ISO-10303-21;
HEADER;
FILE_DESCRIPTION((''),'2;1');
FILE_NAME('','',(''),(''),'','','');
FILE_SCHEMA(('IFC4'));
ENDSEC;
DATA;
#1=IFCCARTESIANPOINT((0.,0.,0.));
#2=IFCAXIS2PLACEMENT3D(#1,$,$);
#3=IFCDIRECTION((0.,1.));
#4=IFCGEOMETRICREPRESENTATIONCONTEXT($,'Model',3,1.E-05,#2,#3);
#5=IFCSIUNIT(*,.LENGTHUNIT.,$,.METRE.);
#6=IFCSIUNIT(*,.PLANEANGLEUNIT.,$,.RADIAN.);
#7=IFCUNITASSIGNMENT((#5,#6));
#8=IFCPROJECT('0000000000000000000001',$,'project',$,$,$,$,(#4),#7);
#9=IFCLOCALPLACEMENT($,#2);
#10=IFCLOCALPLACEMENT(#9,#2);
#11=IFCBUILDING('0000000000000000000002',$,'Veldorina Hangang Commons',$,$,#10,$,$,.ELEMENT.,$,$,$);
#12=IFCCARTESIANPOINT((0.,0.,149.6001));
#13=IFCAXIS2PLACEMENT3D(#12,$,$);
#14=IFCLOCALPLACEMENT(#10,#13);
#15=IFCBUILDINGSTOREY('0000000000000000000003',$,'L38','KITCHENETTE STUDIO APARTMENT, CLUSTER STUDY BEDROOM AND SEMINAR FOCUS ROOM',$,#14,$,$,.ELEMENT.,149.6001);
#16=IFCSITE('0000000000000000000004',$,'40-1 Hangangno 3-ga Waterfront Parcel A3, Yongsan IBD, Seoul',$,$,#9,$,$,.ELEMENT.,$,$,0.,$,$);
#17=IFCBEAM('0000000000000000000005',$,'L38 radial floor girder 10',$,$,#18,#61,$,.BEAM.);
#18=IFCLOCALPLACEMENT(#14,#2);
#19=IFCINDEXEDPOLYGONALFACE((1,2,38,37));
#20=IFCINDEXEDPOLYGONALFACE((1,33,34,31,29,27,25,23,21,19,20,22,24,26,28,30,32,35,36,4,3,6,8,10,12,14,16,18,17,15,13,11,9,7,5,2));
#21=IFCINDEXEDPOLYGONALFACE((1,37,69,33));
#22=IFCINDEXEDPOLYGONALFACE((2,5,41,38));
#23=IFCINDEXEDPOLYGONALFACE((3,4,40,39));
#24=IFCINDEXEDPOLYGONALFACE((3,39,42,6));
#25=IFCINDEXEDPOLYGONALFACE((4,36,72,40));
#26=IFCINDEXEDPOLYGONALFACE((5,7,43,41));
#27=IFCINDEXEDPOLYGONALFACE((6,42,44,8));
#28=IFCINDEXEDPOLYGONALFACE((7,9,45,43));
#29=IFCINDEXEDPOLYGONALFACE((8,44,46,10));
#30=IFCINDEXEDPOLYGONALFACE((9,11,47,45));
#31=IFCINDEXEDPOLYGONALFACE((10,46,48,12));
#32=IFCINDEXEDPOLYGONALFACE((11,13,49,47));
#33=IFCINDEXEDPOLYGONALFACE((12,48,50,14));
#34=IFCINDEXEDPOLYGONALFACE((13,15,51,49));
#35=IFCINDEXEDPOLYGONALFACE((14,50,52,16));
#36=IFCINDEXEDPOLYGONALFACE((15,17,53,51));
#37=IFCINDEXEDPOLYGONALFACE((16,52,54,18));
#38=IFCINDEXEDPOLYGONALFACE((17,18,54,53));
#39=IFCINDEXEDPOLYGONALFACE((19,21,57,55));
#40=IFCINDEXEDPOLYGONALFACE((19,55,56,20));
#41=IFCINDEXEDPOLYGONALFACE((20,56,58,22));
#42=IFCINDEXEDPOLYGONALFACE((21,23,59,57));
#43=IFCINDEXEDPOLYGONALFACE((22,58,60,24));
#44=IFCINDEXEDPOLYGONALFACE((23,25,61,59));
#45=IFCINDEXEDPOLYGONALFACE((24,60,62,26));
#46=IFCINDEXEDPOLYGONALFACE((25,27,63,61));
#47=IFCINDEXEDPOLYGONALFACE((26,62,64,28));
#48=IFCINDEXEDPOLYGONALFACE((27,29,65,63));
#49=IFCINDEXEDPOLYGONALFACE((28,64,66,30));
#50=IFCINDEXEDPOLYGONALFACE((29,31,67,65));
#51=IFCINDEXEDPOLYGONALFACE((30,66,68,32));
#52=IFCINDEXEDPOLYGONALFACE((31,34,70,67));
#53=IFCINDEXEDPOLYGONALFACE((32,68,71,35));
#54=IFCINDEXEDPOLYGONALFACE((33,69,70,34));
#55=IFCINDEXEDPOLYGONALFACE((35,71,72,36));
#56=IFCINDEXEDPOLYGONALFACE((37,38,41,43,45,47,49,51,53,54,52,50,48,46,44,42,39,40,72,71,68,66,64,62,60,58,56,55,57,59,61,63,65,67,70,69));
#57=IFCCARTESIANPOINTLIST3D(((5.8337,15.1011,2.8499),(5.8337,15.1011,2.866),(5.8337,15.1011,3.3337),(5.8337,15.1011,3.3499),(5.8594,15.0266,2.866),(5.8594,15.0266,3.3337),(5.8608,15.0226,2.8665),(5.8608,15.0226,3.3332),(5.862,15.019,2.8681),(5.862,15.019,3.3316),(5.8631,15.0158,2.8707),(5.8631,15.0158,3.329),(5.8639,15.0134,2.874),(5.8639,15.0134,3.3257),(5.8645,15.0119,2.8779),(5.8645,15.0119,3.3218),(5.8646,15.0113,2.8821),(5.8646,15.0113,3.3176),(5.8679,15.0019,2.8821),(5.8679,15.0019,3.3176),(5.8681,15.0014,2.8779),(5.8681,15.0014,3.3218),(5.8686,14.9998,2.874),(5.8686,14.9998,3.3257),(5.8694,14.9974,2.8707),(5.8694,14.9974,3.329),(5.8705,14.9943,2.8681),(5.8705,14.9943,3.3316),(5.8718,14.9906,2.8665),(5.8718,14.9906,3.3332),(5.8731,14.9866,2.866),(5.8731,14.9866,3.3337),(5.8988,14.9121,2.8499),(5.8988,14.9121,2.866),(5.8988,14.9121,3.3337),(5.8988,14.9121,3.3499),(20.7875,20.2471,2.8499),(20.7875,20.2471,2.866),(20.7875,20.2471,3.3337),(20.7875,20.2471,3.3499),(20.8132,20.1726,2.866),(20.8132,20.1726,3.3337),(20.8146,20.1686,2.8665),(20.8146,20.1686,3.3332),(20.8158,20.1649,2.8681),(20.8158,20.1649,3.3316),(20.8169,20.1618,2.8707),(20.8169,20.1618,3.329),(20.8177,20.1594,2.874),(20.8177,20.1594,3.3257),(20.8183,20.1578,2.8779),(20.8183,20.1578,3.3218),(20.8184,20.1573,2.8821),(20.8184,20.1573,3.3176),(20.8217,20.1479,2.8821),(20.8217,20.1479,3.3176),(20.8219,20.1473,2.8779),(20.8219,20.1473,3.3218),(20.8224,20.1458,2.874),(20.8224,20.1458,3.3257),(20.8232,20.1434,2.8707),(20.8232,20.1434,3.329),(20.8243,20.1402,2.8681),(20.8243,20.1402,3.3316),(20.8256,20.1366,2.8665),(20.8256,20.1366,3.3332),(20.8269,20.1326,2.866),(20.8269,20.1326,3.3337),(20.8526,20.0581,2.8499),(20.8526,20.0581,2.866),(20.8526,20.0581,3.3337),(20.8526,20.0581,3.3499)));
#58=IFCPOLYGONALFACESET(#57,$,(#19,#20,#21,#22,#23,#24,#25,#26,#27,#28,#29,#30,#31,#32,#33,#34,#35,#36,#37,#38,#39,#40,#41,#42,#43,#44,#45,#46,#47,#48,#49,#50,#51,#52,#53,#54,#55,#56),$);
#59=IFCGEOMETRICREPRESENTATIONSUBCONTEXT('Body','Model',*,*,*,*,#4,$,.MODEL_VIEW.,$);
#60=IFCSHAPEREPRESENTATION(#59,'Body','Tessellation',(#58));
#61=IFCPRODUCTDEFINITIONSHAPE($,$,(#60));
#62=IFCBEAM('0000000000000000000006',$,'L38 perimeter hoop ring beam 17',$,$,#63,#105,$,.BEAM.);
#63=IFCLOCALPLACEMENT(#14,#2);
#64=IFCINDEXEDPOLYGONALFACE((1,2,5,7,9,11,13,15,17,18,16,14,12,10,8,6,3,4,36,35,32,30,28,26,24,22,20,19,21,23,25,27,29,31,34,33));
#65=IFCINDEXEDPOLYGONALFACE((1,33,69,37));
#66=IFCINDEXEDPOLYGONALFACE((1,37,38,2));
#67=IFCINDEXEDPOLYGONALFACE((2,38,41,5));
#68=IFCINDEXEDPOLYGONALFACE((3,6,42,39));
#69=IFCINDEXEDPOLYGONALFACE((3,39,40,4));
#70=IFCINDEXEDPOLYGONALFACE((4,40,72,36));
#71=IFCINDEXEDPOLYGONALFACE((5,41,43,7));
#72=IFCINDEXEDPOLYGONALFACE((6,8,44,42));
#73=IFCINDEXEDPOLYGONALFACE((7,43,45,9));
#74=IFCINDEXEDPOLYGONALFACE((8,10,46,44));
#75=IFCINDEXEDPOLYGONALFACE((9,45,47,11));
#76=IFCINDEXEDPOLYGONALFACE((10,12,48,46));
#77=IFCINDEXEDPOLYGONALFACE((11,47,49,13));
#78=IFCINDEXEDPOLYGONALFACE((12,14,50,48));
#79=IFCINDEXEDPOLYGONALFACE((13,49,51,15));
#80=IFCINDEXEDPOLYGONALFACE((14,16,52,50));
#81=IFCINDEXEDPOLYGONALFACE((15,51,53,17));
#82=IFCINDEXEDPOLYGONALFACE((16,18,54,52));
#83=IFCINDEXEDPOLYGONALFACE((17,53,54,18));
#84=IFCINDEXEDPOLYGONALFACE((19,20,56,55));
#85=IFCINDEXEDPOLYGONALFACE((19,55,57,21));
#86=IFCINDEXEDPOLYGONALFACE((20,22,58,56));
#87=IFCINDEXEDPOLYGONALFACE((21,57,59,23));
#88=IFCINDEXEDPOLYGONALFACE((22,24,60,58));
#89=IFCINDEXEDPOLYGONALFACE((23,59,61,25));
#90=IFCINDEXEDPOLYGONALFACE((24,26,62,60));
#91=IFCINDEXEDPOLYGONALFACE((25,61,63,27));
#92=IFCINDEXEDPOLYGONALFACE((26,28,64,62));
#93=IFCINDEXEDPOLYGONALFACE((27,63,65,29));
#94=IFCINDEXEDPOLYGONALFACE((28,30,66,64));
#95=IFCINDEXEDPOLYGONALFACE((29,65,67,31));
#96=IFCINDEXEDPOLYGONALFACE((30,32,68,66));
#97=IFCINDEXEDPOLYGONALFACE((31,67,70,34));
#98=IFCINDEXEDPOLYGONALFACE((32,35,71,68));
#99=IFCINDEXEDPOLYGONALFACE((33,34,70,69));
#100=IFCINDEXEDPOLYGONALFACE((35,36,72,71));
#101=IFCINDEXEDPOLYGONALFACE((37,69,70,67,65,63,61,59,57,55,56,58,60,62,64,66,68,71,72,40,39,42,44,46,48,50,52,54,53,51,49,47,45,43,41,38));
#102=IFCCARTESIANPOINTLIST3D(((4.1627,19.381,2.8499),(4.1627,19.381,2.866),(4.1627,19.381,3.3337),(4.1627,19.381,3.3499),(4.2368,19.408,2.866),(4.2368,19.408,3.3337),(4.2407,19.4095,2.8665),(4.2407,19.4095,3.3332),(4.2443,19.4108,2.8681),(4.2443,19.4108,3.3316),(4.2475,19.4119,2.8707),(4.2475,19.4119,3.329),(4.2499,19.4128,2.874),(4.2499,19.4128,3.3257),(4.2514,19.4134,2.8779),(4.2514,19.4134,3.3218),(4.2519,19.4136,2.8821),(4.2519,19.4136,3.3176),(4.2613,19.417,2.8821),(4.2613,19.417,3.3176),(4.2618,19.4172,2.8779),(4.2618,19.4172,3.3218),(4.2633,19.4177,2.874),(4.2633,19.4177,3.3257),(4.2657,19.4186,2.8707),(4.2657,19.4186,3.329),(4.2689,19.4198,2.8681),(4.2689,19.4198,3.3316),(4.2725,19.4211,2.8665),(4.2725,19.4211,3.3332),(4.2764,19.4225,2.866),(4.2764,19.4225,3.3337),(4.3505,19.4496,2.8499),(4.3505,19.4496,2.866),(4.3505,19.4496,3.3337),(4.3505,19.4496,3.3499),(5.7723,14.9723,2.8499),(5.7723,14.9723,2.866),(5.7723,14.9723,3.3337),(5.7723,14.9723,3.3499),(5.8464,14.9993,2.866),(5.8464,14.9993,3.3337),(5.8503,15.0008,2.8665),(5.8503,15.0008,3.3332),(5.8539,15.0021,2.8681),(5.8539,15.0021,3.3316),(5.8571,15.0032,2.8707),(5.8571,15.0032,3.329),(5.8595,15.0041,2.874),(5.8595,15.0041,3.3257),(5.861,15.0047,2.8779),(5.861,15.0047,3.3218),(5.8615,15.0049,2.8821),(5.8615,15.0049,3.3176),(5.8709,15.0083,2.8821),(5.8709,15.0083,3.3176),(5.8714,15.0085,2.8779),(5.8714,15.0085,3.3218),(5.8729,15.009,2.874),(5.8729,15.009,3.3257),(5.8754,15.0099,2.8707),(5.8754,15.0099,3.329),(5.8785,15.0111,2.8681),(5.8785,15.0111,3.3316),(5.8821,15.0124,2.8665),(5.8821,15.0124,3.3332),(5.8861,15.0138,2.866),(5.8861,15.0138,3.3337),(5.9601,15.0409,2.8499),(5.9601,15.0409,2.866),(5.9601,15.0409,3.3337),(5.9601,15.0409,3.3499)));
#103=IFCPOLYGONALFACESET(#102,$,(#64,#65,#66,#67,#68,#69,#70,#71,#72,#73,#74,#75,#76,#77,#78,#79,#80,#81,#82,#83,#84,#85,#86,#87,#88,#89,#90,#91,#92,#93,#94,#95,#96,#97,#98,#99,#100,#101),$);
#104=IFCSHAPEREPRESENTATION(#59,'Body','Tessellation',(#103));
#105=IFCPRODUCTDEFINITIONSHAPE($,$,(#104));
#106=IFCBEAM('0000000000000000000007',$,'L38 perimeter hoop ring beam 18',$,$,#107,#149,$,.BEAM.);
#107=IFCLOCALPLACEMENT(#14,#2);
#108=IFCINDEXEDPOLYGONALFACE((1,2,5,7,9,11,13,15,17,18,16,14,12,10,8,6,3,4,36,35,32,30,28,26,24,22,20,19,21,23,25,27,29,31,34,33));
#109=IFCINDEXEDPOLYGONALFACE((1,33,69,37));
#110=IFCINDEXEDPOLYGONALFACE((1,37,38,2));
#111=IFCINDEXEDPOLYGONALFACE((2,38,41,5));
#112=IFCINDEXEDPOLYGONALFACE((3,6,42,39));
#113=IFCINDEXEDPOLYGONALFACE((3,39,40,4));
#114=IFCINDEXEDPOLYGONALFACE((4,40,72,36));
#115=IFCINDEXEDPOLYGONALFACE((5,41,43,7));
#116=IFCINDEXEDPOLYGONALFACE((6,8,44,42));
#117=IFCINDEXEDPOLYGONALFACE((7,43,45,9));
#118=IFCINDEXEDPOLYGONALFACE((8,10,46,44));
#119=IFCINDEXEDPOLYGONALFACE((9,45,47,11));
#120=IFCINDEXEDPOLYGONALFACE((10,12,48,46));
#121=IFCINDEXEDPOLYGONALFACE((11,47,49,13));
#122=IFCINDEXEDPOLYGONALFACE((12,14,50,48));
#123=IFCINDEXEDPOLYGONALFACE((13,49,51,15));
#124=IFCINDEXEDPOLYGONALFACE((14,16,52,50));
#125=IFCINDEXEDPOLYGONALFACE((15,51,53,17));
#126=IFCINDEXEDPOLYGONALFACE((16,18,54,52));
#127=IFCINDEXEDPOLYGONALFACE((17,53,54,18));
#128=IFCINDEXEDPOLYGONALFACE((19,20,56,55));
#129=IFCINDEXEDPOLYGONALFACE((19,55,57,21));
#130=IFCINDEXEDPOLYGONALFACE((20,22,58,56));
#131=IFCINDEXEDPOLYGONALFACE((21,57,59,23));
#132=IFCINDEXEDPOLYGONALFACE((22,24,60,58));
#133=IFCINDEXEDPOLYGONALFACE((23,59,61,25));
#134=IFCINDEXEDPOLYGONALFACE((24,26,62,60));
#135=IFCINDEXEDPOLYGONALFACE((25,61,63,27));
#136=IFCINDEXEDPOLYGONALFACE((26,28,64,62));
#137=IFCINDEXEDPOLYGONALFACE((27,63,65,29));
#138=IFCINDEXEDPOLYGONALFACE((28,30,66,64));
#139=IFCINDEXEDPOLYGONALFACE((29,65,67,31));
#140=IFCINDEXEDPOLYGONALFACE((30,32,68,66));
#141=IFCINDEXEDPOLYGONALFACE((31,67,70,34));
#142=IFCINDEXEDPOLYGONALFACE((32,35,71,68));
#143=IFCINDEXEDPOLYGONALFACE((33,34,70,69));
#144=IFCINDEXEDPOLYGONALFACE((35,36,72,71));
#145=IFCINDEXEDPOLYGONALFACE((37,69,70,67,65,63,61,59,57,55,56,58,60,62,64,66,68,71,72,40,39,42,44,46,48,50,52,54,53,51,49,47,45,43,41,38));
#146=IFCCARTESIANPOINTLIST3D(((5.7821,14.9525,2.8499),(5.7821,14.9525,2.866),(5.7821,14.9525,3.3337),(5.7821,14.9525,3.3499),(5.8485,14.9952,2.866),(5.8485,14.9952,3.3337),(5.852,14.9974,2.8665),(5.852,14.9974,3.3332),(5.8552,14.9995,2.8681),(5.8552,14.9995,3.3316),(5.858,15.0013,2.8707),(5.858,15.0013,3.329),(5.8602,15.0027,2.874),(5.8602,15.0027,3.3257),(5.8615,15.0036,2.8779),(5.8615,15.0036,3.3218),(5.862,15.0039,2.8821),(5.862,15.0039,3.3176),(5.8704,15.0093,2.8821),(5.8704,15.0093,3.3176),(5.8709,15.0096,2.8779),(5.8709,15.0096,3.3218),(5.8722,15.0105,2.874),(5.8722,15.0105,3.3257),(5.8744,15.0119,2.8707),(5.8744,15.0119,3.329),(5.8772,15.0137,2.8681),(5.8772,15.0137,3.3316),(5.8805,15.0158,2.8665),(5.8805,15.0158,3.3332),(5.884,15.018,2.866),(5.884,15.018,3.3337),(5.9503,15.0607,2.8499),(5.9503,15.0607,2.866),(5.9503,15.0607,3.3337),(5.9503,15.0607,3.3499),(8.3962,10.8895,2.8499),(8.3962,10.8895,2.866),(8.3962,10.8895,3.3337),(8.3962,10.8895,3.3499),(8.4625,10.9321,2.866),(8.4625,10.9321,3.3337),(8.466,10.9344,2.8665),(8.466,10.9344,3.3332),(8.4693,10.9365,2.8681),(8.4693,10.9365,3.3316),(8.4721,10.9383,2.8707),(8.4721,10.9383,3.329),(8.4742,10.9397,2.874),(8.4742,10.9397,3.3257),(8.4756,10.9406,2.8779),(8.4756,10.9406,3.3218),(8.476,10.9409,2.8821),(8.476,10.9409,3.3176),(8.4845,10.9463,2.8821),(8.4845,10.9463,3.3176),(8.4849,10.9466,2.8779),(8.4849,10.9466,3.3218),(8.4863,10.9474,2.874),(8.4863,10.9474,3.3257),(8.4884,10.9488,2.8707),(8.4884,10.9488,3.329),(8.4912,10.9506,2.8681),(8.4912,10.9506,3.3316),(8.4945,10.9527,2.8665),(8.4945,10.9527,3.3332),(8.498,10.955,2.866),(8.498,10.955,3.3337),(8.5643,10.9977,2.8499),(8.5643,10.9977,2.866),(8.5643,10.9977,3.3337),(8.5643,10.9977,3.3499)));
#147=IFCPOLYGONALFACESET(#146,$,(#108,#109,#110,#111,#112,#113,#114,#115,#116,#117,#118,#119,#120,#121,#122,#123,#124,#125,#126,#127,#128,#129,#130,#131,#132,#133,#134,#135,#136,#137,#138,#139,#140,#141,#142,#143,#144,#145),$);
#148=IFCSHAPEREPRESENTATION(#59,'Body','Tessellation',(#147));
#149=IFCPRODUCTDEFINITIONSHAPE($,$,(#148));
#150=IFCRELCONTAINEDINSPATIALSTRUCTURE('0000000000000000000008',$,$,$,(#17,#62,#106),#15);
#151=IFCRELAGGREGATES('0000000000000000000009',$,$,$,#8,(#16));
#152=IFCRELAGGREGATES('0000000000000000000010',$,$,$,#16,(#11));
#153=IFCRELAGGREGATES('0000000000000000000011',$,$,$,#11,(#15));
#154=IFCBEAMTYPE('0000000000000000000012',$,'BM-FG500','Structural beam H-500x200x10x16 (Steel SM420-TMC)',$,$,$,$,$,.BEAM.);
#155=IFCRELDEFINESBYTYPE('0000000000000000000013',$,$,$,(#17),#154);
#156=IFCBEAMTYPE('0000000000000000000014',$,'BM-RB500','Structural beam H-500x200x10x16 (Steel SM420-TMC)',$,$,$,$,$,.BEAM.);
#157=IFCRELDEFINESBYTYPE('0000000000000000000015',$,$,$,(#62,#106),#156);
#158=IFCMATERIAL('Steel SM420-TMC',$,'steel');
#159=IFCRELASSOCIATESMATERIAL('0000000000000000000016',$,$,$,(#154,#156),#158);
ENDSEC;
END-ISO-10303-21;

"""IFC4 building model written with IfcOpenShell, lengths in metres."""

from ifc_helpers import new_model, si_unit, direction, frame, origin, origin_2d, place, context, subcontext, project, spatial, i_section, extrude, material, material_profile, profile_set, type_object, element, save


model = new_model("IFC4")

# Units and contexts
model_context = context("Model", 3, precision=1e-05, world=origin(), true_north=direction((0.0, 1.0)))
body_context = subcontext(model_context, "Body", "Model", "MODEL_VIEW")
ifc_project = project(units=[si_unit("LENGTHUNIT", "METRE"), si_unit("PLANEANGLEUNIT", "RADIAN")], contexts=[model_context])

# Site, building, storey
site_placement = place(None, origin())
site = spatial("IfcSite", under=ifc_project, at=site_placement, Name="40-1 Hangangno 3-ga Waterfront Parcel A3, Yongsan IBD, Seoul", CompositionType="ELEMENT", RefElevation=0.0)
building_placement = place(site_placement, origin())
building = spatial("IfcBuilding", under=site, at=building_placement, Name="Veldorina Hangang Commons", CompositionType="ELEMENT")
storey_placement = place(building_placement, frame((0.0, 0.0, 149.6001)))
storey = spatial("IfcBuildingStorey", under=building, at=storey_placement, Name="L38", Description="KITCHENETTE STUDIO APARTMENT, CLUSTER STUDY BEDROOM AND SEMINAR FOCUS ROOM", CompositionType="ELEMENT", Elevation=149.6001)

# Beams
ifc_material_1 = material(Name="Steel SM420-TMC", Category="steel")
ifc_material_profile_1 = material_profile(ifc_material_1, i_section(OverallWidth=0.2, OverallDepth=0.5, WebThickness=0.01, FlangeThickness=0.0161, FilletRadius=0.0161, at=origin_2d()), Name="H-500x200x10x16")
ifc_profile_set_1 = profile_set([ifc_material_profile_1], Name="Steel SM420-TMC")
beam_type_1 = type_object("IfcBeamType", Name="BM-FG500", Description="Structural beam H-500x200x10x16 (Steel SM420-TMC)", PredefinedType="BEAM", material=ifc_profile_set_1)
beam_1_placement = place(storey_placement, frame((20.8201, 20.1526, 3.0999), z_axis=(-0.945578, -0.325397, 0.0), x_axis=(0.325397, -0.945578, 0.0)))
element("IfcBeam", 1, at=beam_1_placement, inside=storey, type_object=beam_type_1, Name="L38 radial floor girder 10", PredefinedType="BEAM", context=body_context, shape_type="SweptSolid", body=[
    extrude(i_section(OverallWidth=0.2, OverallDepth=0.5, WebThickness=0.01, FlangeThickness=0.0161, FilletRadius=0.0161, at=origin_2d()), origin(), (0.0, 0.0, 1.0), 15.8145),
])
ifc_material_profile_2 = material_profile(ifc_material_1, i_section(OverallWidth=0.2, OverallDepth=0.5, WebThickness=0.01, FlangeThickness=0.0161, FilletRadius=0.0161, at=origin_2d()), Name="H-500x200x10x16")
ifc_profile_set_2 = profile_set([ifc_material_profile_2], Name="Steel SM420-TMC")
beam_type_2 = type_object("IfcBeamType", Name="BM-RB500", Description="Structural beam H-500x200x10x16 (Steel SM420-TMC)", PredefinedType="BEAM", material=ifc_profile_set_2)
beam_2_placement = place(storey_placement, frame((4.2566, 19.4153, 3.0999), z_axis=(0.342958, -0.939351, 0.0), x_axis=(0.939351, 0.342958, 0.0)))
element("IfcBeam", 2, at=beam_2_placement, inside=storey, type_object=beam_type_2, Name="L38 perimeter hoop ring beam 17", PredefinedType="BEAM", context=body_context, shape_type="SweptSolid", body=[
    extrude(i_section(OverallWidth=0.2, OverallDepth=0.5, WebThickness=0.01, FlangeThickness=0.0161, FilletRadius=0.0161, at=origin_2d()), origin(), (0.0, 0.0, 1.0), 4.6934),
])
beam_3_placement = place(storey_placement, frame((5.8662, 15.0066, 3.0999), z_axis=(0.541064, -0.840981, 0.0), x_axis=(0.840981, 0.541064, 0.0)))
element("IfcBeam", 3, at=beam_3_placement, inside=storey, type_object=beam_type_2, Name="L38 perimeter hoop ring beam 18", PredefinedType="BEAM", context=body_context, shape_type="SweptSolid", body=[
    extrude(i_section(OverallWidth=0.2, OverallDepth=0.5, WebThickness=0.01, FlangeThickness=0.0161, FilletRadius=0.0161, at=origin_2d()), origin(), (0.0, 0.0, 1.0), 4.8313),
])

save(model, "model.ifc")
